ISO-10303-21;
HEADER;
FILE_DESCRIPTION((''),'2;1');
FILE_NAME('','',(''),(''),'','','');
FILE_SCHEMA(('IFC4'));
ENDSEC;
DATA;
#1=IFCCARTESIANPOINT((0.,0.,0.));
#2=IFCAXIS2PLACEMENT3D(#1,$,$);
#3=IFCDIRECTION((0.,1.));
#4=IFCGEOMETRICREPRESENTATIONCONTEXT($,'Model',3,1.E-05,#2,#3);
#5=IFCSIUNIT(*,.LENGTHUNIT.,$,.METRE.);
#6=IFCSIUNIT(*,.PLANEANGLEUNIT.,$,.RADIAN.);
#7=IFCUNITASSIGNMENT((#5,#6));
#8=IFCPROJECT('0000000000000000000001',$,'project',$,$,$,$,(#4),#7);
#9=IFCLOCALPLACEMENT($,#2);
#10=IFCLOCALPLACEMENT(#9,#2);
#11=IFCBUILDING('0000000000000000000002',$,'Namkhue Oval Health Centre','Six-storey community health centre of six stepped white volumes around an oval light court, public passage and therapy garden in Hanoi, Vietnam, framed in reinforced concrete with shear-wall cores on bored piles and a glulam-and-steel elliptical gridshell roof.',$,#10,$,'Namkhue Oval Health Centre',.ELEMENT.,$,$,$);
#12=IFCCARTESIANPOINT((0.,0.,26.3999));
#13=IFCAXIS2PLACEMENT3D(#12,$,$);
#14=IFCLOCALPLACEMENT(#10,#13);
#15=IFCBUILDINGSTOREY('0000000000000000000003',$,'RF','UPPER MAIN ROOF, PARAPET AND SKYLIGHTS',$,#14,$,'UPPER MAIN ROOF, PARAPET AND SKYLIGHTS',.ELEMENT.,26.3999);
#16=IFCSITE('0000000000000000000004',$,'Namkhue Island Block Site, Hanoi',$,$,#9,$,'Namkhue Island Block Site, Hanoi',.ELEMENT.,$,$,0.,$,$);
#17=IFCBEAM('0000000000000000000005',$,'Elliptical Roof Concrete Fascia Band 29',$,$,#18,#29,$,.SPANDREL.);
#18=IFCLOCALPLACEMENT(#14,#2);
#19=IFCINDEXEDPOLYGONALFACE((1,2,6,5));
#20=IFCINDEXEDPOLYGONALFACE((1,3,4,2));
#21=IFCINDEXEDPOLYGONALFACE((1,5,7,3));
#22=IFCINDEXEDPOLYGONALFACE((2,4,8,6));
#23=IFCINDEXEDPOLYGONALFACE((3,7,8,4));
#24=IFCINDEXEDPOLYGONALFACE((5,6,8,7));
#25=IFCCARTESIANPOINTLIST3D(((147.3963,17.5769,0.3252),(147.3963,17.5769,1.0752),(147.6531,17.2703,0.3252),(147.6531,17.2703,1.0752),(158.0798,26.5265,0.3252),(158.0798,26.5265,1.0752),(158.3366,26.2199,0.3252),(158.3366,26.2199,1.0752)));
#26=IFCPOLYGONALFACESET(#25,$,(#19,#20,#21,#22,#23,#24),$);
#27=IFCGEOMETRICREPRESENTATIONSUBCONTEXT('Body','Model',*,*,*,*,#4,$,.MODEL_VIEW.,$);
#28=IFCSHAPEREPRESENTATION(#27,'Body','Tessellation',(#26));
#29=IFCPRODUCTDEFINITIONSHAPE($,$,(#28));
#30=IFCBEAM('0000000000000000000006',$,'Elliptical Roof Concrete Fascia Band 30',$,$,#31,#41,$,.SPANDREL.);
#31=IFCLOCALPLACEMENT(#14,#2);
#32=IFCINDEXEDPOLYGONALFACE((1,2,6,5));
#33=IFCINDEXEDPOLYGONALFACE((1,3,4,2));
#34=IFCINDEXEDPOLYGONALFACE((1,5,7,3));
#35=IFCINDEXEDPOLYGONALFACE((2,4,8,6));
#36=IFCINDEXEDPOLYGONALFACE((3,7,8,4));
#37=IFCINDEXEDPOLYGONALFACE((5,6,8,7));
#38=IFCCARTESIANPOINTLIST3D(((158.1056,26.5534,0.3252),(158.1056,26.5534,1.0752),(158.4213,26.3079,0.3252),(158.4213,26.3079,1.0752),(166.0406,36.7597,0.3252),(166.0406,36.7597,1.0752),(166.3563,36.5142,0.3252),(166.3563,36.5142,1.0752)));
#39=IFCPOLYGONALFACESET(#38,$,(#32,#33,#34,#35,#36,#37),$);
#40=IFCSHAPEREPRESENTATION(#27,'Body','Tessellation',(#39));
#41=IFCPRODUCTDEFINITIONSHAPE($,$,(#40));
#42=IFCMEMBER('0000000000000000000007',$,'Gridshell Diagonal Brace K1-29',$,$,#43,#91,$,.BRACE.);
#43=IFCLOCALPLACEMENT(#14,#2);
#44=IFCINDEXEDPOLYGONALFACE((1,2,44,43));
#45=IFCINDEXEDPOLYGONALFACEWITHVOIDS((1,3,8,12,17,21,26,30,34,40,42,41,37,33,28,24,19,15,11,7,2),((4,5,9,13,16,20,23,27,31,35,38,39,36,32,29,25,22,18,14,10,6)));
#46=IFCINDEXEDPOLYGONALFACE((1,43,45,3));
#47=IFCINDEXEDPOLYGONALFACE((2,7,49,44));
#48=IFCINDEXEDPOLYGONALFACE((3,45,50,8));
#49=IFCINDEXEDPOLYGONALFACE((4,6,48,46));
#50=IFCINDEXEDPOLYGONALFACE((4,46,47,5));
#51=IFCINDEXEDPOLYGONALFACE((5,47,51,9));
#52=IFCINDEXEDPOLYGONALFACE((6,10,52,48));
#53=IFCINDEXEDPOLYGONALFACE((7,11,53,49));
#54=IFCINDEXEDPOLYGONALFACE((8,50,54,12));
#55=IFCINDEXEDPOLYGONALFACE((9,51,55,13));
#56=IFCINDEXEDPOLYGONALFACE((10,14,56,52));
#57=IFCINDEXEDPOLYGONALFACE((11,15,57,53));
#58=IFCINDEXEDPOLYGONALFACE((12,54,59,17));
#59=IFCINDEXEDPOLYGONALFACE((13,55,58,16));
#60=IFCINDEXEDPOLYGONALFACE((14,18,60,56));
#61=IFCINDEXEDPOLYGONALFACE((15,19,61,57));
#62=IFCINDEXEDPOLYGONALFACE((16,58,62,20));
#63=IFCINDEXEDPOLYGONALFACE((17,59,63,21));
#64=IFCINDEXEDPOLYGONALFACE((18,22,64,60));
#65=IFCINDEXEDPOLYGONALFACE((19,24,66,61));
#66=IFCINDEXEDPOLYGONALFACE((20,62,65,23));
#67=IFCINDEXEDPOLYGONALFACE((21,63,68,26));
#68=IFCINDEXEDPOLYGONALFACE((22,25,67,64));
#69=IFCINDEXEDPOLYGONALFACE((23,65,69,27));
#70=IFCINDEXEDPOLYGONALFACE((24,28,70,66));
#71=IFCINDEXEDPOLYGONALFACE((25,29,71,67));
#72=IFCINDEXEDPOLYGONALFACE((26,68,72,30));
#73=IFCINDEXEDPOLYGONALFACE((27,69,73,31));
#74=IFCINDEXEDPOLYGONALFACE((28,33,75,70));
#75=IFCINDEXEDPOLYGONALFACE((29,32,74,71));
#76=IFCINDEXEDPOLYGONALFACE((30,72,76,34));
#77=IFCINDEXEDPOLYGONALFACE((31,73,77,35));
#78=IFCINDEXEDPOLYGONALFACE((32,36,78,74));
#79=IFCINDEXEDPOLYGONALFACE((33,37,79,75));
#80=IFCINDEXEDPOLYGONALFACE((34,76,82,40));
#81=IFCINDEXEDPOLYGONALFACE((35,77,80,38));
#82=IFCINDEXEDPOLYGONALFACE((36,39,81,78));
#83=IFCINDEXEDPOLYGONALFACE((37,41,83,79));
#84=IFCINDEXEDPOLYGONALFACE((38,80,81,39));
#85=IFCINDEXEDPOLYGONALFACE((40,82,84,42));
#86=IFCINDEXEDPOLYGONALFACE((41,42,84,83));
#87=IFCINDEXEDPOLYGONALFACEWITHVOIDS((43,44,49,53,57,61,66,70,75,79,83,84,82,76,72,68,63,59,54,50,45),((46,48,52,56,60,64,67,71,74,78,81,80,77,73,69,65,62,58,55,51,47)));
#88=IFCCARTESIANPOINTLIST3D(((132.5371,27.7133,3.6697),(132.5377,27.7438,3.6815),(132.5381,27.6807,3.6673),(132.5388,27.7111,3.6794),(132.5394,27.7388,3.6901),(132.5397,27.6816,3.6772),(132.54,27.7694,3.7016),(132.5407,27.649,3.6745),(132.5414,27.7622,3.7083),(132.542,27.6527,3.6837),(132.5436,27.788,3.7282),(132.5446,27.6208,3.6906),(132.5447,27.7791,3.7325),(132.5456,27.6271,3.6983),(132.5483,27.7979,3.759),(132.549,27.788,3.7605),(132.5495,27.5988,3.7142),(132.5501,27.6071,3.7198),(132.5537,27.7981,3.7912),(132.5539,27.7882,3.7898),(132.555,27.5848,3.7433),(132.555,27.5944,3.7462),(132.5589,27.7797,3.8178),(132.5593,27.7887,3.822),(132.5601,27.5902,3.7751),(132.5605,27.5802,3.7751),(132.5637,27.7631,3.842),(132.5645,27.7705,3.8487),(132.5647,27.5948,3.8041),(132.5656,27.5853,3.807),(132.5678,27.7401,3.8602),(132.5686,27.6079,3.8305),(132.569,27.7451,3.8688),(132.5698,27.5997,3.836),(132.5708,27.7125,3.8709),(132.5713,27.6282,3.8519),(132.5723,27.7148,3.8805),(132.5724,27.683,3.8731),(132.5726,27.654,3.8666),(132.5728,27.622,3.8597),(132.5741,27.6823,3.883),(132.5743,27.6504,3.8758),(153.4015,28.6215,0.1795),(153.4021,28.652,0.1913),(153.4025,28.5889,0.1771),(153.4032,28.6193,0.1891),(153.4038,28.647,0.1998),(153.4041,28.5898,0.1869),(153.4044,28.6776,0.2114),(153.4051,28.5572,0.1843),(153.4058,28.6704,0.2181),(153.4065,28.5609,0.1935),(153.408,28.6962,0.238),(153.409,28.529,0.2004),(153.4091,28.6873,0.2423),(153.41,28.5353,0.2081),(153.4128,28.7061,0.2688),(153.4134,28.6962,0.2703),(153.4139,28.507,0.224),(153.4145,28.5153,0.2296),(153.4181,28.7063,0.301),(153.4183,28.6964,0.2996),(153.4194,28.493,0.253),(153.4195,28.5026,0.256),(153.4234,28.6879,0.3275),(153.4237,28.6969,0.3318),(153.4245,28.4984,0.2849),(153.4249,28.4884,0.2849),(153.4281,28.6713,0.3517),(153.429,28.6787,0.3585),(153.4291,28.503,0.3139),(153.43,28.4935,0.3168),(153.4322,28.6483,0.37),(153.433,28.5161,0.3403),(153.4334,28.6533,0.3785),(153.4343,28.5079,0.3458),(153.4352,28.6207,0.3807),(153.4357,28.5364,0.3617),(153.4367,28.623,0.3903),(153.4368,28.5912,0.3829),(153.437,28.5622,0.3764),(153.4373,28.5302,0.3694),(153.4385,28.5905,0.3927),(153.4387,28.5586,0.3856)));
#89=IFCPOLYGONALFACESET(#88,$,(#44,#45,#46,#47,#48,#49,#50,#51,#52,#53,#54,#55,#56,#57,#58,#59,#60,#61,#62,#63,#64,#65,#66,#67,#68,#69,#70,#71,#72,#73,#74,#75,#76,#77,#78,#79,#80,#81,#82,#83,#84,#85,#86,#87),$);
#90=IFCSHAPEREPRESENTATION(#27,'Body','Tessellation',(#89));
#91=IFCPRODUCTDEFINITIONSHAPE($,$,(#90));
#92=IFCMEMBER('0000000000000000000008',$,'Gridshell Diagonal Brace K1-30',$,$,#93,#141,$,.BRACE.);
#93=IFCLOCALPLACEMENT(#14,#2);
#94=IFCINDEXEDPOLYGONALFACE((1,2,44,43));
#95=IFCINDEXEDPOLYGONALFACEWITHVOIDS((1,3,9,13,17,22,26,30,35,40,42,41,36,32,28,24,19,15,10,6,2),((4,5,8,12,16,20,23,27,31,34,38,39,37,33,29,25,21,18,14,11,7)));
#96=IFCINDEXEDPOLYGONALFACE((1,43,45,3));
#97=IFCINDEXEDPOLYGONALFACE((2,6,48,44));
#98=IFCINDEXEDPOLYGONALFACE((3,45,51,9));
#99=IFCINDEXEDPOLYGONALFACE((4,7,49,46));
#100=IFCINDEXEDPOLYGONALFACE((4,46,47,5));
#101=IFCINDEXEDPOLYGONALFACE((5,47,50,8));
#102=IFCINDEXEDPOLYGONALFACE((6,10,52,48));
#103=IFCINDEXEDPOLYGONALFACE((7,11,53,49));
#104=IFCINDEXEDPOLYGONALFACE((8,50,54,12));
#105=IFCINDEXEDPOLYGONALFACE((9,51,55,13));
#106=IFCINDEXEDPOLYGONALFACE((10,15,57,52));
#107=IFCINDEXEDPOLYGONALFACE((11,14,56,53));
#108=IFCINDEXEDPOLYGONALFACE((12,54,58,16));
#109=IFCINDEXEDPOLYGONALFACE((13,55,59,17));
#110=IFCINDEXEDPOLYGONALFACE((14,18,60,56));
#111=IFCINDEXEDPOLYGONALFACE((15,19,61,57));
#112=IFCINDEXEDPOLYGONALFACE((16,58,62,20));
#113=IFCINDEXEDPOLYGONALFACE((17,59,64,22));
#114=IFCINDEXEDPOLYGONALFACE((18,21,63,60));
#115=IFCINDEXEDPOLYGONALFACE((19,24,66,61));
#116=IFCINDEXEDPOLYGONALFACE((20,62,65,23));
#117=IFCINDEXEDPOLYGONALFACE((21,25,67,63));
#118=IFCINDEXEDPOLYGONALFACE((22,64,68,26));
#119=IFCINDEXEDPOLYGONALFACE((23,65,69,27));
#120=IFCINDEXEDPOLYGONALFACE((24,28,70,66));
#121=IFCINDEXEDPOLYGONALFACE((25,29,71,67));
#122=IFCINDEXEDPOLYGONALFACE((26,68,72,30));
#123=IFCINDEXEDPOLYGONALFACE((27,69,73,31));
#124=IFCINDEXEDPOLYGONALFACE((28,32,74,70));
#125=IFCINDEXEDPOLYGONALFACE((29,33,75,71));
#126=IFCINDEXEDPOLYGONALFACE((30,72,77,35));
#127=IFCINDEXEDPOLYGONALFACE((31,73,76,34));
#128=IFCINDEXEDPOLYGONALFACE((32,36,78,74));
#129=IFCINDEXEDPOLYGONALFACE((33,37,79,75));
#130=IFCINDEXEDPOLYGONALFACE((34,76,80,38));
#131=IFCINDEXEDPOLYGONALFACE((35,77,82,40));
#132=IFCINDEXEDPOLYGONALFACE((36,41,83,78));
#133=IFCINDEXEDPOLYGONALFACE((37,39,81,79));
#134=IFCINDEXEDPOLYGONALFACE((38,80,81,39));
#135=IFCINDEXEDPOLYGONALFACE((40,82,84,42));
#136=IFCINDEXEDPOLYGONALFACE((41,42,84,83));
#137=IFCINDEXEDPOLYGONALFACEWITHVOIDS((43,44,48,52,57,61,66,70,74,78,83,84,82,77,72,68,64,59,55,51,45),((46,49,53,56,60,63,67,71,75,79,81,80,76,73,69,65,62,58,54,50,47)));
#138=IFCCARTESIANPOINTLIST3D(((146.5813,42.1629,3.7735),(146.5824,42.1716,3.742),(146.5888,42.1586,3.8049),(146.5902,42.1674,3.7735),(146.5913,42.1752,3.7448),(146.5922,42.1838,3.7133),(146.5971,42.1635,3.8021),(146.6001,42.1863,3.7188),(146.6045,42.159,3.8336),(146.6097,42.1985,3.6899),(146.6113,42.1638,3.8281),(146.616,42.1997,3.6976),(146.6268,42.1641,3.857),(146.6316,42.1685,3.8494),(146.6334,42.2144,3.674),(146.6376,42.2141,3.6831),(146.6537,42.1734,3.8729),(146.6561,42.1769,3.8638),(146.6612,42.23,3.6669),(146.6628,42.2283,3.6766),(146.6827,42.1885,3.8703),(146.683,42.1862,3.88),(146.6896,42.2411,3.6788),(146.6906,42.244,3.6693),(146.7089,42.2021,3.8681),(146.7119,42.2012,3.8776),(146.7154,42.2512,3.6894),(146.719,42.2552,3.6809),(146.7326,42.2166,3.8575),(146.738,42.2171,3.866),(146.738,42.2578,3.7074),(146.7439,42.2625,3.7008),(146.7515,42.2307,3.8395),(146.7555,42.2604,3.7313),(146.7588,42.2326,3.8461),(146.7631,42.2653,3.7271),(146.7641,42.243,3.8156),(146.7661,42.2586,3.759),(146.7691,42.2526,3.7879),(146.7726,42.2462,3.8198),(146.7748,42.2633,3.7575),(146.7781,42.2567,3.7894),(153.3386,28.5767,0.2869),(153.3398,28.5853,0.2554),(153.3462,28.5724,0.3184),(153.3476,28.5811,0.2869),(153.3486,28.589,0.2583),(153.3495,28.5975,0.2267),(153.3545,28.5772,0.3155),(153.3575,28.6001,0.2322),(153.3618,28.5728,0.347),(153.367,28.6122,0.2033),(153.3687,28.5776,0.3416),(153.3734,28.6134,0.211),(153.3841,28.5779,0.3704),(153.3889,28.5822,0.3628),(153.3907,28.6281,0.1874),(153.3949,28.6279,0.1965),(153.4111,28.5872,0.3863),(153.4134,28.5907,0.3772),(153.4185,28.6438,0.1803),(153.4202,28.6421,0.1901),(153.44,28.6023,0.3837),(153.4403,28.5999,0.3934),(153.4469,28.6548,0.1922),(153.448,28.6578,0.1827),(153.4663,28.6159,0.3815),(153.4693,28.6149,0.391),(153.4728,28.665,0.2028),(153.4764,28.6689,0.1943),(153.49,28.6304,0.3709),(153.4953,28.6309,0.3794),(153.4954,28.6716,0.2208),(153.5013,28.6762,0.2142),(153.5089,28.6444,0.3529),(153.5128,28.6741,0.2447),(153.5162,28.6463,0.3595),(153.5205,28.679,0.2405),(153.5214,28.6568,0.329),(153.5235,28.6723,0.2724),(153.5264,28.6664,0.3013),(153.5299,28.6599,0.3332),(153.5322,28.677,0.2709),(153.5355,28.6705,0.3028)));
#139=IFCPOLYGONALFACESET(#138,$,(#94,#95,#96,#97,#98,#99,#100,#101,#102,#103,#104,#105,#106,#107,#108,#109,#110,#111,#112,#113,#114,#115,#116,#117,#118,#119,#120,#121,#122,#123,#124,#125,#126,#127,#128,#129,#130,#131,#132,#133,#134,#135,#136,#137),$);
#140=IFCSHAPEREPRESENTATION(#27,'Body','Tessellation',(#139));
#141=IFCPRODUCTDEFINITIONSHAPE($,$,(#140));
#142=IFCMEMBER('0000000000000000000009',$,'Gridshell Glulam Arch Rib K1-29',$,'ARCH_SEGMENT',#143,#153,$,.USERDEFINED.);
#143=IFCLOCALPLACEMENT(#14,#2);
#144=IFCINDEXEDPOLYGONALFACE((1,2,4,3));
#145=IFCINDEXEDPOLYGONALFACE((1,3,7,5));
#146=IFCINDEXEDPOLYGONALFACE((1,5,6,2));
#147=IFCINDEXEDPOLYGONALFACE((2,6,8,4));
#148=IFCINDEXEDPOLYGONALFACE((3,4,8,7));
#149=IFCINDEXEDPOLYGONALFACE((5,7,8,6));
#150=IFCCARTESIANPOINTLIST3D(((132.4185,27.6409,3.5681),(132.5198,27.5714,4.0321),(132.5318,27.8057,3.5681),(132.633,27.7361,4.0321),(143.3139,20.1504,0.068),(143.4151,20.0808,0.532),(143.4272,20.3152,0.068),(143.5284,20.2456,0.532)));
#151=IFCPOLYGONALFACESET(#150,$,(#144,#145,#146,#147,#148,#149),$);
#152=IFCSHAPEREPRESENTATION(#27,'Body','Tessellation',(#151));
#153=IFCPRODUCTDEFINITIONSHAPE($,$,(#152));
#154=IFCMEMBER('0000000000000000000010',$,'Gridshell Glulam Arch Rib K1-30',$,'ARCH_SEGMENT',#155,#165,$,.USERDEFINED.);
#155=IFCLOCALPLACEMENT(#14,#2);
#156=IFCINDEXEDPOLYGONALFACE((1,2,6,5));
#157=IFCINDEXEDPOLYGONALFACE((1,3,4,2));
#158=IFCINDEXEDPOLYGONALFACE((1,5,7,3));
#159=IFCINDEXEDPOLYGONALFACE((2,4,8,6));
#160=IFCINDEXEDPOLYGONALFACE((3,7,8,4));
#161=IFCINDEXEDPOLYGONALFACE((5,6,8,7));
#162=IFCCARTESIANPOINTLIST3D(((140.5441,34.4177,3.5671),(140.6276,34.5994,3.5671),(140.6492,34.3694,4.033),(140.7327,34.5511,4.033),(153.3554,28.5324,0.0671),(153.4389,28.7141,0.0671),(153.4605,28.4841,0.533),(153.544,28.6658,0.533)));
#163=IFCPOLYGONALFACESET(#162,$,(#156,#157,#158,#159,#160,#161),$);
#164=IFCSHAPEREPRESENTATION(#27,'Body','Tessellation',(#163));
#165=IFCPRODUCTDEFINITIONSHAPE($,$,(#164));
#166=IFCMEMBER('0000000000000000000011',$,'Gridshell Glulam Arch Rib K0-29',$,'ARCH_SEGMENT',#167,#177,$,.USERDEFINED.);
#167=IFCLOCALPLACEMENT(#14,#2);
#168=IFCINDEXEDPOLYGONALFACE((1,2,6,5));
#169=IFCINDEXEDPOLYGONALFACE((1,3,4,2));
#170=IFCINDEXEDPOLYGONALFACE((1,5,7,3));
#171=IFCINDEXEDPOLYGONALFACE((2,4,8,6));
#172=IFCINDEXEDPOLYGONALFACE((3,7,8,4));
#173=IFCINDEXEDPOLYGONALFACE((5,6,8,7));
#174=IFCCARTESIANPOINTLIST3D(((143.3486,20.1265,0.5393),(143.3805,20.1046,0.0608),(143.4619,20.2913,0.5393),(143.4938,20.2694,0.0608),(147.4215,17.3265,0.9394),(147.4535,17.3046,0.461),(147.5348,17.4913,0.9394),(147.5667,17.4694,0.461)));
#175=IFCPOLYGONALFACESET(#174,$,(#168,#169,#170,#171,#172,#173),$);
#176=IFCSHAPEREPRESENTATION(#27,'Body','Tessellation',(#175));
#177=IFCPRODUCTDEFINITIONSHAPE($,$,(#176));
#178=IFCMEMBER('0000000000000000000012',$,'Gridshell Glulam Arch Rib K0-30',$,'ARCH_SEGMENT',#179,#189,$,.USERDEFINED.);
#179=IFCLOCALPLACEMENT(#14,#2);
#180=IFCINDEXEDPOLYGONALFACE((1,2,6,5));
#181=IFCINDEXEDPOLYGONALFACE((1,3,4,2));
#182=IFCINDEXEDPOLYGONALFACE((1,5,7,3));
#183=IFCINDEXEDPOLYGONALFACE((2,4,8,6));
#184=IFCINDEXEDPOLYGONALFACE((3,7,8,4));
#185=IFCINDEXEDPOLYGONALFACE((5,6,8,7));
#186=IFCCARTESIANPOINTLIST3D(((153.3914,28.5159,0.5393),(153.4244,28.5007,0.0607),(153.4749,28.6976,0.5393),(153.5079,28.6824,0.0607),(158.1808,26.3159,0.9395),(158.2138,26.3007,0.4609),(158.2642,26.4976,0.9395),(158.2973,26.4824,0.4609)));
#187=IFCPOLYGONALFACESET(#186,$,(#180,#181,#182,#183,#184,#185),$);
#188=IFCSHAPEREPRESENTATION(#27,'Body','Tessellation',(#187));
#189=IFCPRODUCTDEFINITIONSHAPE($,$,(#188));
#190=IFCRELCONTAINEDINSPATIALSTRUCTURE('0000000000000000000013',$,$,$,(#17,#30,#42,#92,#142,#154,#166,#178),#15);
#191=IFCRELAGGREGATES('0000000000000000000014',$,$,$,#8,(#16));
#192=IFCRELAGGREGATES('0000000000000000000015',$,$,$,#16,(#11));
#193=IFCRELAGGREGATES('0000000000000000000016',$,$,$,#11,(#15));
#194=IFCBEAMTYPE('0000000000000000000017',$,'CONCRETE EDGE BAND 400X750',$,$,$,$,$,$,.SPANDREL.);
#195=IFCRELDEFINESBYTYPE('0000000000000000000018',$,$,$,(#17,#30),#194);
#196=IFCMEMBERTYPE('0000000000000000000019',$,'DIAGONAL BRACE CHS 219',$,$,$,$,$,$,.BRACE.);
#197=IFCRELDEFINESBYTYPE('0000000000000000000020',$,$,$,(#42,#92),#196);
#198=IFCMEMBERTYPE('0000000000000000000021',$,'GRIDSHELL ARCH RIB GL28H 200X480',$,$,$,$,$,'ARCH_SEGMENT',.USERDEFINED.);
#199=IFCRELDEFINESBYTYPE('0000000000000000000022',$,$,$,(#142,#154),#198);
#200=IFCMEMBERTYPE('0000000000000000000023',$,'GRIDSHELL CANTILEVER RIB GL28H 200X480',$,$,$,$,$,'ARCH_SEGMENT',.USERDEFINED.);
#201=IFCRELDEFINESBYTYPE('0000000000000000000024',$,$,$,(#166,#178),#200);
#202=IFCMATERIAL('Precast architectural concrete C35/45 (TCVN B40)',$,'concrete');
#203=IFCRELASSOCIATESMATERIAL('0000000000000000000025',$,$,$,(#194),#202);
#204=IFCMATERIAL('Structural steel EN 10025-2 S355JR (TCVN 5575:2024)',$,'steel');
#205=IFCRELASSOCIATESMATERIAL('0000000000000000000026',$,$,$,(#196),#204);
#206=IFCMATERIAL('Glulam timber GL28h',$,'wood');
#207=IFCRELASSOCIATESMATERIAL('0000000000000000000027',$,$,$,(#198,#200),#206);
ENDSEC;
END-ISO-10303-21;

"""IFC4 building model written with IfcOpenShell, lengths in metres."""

from ifc_helpers import new_model, si_unit, direction, frame, origin, origin_2d, place, context, subcontext, project, spatial, rectangle, hollow_circle, extrude, material, material_profile, profile_set, type_object, element, save


model = new_model("IFC4")

# Units and contexts
model_context = context("Model", 3, precision=1e-05, world=origin(), true_north=direction((0.0, 1.0)))
body_context = subcontext(model_context, "Body", "Model", "MODEL_VIEW")
ifc_project = project(units=[si_unit("LENGTHUNIT", "METRE"), si_unit("PLANEANGLEUNIT", "RADIAN")], contexts=[model_context])

# Site, building, storey
site_placement = place(None, origin())
site = spatial("IfcSite", under=ifc_project, at=site_placement, Name="Namkhue Island Block Site, Hanoi", LongName="Namkhue Island Block Site, Hanoi", CompositionType="ELEMENT", RefElevation=0.0)
building_placement = place(site_placement, origin())
building = spatial("IfcBuilding", under=site, at=building_placement, Name="Namkhue Oval Health Centre", Description="Six-storey community health centre of six stepped white volumes around an oval light court, public passage and therapy garden in Hanoi, Vietnam, framed in reinforced concrete with shear-wall cores on bored piles and a glulam-and-steel elliptical gridshell roof.", LongName="Namkhue Oval Health Centre", CompositionType="ELEMENT")
storey_placement = place(building_placement, frame((0.0, 0.0, 26.3999)))
storey = spatial("IfcBuildingStorey", under=building, at=storey_placement, Name="RF", Description="UPPER MAIN ROOF, PARAPET AND SKYLIGHTS", LongName="UPPER MAIN ROOF, PARAPET AND SKYLIGHTS", CompositionType="ELEMENT", Elevation=26.3999)

# Beams
ifc_material_1 = material(Name="Precast architectural concrete C35/45 (TCVN B40)", Category="concrete")
ifc_material_profile_1 = material_profile(ifc_material_1, rectangle(XDim=0.3999, YDim=0.75, at=origin_2d()), Name="RC 400x750")
ifc_profile_set_1 = profile_set([ifc_material_profile_1], Name="Precast architectural concrete C35/45 (TCVN B40)")
beam_type = type_object("IfcBeamType", Name="CONCRETE EDGE BAND 400X750", PredefinedType="SPANDREL", material=ifc_profile_set_1)
beam_1_placement = place(storey_placement, frame((147.5247, 17.4236, 0.7002), z_axis=(0.76657, 0.64216, 0.0), x_axis=(-0.64216, 0.76657, 0.0)))
element("IfcBeam", 1, at=beam_1_placement, inside=storey, type_object=beam_type, Name="Elliptical Roof Concrete Fascia Band 29", PredefinedType="SPANDREL", context=body_context, shape_type="SweptSolid", body=[
    extrude(rectangle(XDim=0.3999, YDim=0.75, at=origin_2d()), origin(), (0.0, 0.0, 1.0), 13.9368),
])
beam_2_placement = place(storey_placement, frame((158.2634, 26.4307, 0.7002), z_axis=(0.613788, 0.789471, 0.0), x_axis=(-0.789471, 0.613788, 0.0)))
element("IfcBeam", 2, at=beam_2_placement, inside=storey, type_object=beam_type, Name="Elliptical Roof Concrete Fascia Band 30", PredefinedType="SPANDREL", context=body_context, shape_type="SweptSolid", body=[
    extrude(rectangle(XDim=0.3999, YDim=0.75, at=origin_2d()), origin(), (0.0, 0.0, 1.0), 12.928),
])

# Members
ifc_material_2 = material(Name="Structural steel EN 10025-2 S355JR (TCVN 5575:2024)", Category="steel")
ifc_material_profile_2 = material_profile(ifc_material_2, hollow_circle(Radius=0.1096, WallThickness=0.01, at=origin_2d()), Name="CHS 219.1x10")
ifc_profile_set_2 = profile_set([ifc_material_profile_2], Name="Structural steel EN 10025-2 S355JR (TCVN 5575:2024)")
member_type_1 = type_object("IfcMemberType", Name="DIAGONAL BRACE CHS 219", PredefinedType="BRACE", material=ifc_profile_set_2)
member_1_placement = place(storey_placement, frame((153.4202, 28.5979, 0.2849), z_axis=(-0.985388, -0.042893, 0.164837), x_axis=(0.043487, -0.999054, 0.0)))
element("IfcMember", 3, at=member_1_placement, inside=storey, type_object=member_type_1, Name="Gridshell Diagonal Brace K1-29", PredefinedType="BRACE", context=body_context, shape_type="SweptSolid", body=[
    extrude(hollow_circle(Radius=0.1096, WallThickness=0.01, at=origin_2d()), origin(), (0.0, 0.0, 1.0), 21.1738),
])
member_2_placement = place(storey_placement, frame((153.4368, 28.6255, 0.2869), z_axis=(-0.434017, 0.872628, 0.223939), x_axis=(-0.895368, -0.445327, 0.0)))
element("IfcMember", 4, at=member_2_placement, inside=storey, type_object=member_type_1, Name="Gridshell Diagonal Brace K1-30", PredefinedType="BRACE", context=body_context, shape_type="SweptSolid", body=[
    extrude(hollow_circle(Radius=0.1096, WallThickness=0.01, at=origin_2d()), origin(), (0.0, 0.0, 1.0), 15.5693),
])
ifc_material_3 = material(Name="Glulam timber GL28h", Category="wood")
ifc_material_profile_3 = material_profile(ifc_material_3, rectangle(XDim=0.2, YDim=0.48, at=origin_2d()), Name="GL28h 200x480")
ifc_profile_set_3 = profile_set([ifc_material_profile_3], Name="Glulam timber GL28h")
member_type_2 = type_object("IfcMemberType", Name="GRIDSHELL ARCH RIB GL28H 200X480", ElementType="ARCH_SEGMENT", PredefinedType="USERDEFINED", material=ifc_profile_set_3)
member_3_placement = place(storey_placement, frame((143.4211, 20.198, 0.3), z_axis=(-0.796604, 0.547664, 0.255902), x_axis=(-0.566528, -0.824042, 0.0)))
element("IfcMember", 5, at=member_3_placement, inside=storey, type_object=member_type_2, Name="Gridshell Glulam Arch Rib K1-29", ObjectType="ARCH_SEGMENT", PredefinedType="USERDEFINED", context=body_context, shape_type="SweptSolid", body=[
    extrude(rectangle(XDim=0.2, YDim=0.48, at=origin_2d()), origin(), (0.0, 0.0, 1.0), 13.6772),
])
member_4_placement = place(storey_placement, frame((153.4497, 28.5991, 0.3), z_axis=(-0.881933, 0.405143, 0.240941), x_axis=(-0.417441, -0.908704, 0.0)))
element("IfcMember", 6, at=member_4_placement, inside=storey, type_object=member_type_2, Name="Gridshell Glulam Arch Rib K1-30", ObjectType="ARCH_SEGMENT", PredefinedType="USERDEFINED", context=body_context, shape_type="SweptSolid", body=[
    extrude(rectangle(XDim=0.2, YDim=0.48, at=origin_2d()), origin(), (0.0, 0.0, 1.0), 14.5264),
])
ifc_material_profile_4 = material_profile(ifc_material_3, rectangle(XDim=0.2, YDim=0.48, at=origin_2d()), Name="GL28h 200x480")
ifc_profile_set_4 = profile_set([ifc_material_profile_4], Name="Glulam timber GL28h")
member_type_3 = type_object("IfcMemberType", Name="GRIDSHELL CANTILEVER RIB GL28H 200X480", ElementType="ARCH_SEGMENT", PredefinedType="USERDEFINED", material=ifc_profile_set_4)
member_5_placement = place(storey_placement, frame((147.4941, 17.3979, 0.7002), z_axis=(-0.821368, 0.564663, -0.080694), x_axis=(-0.56651, -0.824055, 0.0)))
element("IfcMember", 7, at=member_5_placement, inside=storey, type_object=member_type_3, Name="Gridshell Glulam Arch Rib K0-29", ObjectType="ARCH_SEGMENT", PredefinedType="USERDEFINED", context=body_context, shape_type="SweptSolid", body=[
    extrude(rectangle(XDim=0.2, YDim=0.48, at=origin_2d()), origin(), (0.0, 0.0, 1.0), 4.9587),
])
member_6_placement = place(storey_placement, frame((158.239, 26.3992, 0.7002), z_axis=(-0.906108, 0.416218, -0.075705), x_axis=(-0.417415, -0.908716, 0.0)))
element("IfcMember", 8, at=member_6_placement, inside=storey, type_object=member_type_3, Name="Gridshell Glulam Arch Rib K0-30", ObjectType="ARCH_SEGMENT", PredefinedType="USERDEFINED", context=body_context, shape_type="SweptSolid", body=[
    extrude(rectangle(XDim=0.2, YDim=0.48, at=origin_2d()), origin(), (0.0, 0.0, 1.0), 5.2856),
])

save(model, "model.ifc")
